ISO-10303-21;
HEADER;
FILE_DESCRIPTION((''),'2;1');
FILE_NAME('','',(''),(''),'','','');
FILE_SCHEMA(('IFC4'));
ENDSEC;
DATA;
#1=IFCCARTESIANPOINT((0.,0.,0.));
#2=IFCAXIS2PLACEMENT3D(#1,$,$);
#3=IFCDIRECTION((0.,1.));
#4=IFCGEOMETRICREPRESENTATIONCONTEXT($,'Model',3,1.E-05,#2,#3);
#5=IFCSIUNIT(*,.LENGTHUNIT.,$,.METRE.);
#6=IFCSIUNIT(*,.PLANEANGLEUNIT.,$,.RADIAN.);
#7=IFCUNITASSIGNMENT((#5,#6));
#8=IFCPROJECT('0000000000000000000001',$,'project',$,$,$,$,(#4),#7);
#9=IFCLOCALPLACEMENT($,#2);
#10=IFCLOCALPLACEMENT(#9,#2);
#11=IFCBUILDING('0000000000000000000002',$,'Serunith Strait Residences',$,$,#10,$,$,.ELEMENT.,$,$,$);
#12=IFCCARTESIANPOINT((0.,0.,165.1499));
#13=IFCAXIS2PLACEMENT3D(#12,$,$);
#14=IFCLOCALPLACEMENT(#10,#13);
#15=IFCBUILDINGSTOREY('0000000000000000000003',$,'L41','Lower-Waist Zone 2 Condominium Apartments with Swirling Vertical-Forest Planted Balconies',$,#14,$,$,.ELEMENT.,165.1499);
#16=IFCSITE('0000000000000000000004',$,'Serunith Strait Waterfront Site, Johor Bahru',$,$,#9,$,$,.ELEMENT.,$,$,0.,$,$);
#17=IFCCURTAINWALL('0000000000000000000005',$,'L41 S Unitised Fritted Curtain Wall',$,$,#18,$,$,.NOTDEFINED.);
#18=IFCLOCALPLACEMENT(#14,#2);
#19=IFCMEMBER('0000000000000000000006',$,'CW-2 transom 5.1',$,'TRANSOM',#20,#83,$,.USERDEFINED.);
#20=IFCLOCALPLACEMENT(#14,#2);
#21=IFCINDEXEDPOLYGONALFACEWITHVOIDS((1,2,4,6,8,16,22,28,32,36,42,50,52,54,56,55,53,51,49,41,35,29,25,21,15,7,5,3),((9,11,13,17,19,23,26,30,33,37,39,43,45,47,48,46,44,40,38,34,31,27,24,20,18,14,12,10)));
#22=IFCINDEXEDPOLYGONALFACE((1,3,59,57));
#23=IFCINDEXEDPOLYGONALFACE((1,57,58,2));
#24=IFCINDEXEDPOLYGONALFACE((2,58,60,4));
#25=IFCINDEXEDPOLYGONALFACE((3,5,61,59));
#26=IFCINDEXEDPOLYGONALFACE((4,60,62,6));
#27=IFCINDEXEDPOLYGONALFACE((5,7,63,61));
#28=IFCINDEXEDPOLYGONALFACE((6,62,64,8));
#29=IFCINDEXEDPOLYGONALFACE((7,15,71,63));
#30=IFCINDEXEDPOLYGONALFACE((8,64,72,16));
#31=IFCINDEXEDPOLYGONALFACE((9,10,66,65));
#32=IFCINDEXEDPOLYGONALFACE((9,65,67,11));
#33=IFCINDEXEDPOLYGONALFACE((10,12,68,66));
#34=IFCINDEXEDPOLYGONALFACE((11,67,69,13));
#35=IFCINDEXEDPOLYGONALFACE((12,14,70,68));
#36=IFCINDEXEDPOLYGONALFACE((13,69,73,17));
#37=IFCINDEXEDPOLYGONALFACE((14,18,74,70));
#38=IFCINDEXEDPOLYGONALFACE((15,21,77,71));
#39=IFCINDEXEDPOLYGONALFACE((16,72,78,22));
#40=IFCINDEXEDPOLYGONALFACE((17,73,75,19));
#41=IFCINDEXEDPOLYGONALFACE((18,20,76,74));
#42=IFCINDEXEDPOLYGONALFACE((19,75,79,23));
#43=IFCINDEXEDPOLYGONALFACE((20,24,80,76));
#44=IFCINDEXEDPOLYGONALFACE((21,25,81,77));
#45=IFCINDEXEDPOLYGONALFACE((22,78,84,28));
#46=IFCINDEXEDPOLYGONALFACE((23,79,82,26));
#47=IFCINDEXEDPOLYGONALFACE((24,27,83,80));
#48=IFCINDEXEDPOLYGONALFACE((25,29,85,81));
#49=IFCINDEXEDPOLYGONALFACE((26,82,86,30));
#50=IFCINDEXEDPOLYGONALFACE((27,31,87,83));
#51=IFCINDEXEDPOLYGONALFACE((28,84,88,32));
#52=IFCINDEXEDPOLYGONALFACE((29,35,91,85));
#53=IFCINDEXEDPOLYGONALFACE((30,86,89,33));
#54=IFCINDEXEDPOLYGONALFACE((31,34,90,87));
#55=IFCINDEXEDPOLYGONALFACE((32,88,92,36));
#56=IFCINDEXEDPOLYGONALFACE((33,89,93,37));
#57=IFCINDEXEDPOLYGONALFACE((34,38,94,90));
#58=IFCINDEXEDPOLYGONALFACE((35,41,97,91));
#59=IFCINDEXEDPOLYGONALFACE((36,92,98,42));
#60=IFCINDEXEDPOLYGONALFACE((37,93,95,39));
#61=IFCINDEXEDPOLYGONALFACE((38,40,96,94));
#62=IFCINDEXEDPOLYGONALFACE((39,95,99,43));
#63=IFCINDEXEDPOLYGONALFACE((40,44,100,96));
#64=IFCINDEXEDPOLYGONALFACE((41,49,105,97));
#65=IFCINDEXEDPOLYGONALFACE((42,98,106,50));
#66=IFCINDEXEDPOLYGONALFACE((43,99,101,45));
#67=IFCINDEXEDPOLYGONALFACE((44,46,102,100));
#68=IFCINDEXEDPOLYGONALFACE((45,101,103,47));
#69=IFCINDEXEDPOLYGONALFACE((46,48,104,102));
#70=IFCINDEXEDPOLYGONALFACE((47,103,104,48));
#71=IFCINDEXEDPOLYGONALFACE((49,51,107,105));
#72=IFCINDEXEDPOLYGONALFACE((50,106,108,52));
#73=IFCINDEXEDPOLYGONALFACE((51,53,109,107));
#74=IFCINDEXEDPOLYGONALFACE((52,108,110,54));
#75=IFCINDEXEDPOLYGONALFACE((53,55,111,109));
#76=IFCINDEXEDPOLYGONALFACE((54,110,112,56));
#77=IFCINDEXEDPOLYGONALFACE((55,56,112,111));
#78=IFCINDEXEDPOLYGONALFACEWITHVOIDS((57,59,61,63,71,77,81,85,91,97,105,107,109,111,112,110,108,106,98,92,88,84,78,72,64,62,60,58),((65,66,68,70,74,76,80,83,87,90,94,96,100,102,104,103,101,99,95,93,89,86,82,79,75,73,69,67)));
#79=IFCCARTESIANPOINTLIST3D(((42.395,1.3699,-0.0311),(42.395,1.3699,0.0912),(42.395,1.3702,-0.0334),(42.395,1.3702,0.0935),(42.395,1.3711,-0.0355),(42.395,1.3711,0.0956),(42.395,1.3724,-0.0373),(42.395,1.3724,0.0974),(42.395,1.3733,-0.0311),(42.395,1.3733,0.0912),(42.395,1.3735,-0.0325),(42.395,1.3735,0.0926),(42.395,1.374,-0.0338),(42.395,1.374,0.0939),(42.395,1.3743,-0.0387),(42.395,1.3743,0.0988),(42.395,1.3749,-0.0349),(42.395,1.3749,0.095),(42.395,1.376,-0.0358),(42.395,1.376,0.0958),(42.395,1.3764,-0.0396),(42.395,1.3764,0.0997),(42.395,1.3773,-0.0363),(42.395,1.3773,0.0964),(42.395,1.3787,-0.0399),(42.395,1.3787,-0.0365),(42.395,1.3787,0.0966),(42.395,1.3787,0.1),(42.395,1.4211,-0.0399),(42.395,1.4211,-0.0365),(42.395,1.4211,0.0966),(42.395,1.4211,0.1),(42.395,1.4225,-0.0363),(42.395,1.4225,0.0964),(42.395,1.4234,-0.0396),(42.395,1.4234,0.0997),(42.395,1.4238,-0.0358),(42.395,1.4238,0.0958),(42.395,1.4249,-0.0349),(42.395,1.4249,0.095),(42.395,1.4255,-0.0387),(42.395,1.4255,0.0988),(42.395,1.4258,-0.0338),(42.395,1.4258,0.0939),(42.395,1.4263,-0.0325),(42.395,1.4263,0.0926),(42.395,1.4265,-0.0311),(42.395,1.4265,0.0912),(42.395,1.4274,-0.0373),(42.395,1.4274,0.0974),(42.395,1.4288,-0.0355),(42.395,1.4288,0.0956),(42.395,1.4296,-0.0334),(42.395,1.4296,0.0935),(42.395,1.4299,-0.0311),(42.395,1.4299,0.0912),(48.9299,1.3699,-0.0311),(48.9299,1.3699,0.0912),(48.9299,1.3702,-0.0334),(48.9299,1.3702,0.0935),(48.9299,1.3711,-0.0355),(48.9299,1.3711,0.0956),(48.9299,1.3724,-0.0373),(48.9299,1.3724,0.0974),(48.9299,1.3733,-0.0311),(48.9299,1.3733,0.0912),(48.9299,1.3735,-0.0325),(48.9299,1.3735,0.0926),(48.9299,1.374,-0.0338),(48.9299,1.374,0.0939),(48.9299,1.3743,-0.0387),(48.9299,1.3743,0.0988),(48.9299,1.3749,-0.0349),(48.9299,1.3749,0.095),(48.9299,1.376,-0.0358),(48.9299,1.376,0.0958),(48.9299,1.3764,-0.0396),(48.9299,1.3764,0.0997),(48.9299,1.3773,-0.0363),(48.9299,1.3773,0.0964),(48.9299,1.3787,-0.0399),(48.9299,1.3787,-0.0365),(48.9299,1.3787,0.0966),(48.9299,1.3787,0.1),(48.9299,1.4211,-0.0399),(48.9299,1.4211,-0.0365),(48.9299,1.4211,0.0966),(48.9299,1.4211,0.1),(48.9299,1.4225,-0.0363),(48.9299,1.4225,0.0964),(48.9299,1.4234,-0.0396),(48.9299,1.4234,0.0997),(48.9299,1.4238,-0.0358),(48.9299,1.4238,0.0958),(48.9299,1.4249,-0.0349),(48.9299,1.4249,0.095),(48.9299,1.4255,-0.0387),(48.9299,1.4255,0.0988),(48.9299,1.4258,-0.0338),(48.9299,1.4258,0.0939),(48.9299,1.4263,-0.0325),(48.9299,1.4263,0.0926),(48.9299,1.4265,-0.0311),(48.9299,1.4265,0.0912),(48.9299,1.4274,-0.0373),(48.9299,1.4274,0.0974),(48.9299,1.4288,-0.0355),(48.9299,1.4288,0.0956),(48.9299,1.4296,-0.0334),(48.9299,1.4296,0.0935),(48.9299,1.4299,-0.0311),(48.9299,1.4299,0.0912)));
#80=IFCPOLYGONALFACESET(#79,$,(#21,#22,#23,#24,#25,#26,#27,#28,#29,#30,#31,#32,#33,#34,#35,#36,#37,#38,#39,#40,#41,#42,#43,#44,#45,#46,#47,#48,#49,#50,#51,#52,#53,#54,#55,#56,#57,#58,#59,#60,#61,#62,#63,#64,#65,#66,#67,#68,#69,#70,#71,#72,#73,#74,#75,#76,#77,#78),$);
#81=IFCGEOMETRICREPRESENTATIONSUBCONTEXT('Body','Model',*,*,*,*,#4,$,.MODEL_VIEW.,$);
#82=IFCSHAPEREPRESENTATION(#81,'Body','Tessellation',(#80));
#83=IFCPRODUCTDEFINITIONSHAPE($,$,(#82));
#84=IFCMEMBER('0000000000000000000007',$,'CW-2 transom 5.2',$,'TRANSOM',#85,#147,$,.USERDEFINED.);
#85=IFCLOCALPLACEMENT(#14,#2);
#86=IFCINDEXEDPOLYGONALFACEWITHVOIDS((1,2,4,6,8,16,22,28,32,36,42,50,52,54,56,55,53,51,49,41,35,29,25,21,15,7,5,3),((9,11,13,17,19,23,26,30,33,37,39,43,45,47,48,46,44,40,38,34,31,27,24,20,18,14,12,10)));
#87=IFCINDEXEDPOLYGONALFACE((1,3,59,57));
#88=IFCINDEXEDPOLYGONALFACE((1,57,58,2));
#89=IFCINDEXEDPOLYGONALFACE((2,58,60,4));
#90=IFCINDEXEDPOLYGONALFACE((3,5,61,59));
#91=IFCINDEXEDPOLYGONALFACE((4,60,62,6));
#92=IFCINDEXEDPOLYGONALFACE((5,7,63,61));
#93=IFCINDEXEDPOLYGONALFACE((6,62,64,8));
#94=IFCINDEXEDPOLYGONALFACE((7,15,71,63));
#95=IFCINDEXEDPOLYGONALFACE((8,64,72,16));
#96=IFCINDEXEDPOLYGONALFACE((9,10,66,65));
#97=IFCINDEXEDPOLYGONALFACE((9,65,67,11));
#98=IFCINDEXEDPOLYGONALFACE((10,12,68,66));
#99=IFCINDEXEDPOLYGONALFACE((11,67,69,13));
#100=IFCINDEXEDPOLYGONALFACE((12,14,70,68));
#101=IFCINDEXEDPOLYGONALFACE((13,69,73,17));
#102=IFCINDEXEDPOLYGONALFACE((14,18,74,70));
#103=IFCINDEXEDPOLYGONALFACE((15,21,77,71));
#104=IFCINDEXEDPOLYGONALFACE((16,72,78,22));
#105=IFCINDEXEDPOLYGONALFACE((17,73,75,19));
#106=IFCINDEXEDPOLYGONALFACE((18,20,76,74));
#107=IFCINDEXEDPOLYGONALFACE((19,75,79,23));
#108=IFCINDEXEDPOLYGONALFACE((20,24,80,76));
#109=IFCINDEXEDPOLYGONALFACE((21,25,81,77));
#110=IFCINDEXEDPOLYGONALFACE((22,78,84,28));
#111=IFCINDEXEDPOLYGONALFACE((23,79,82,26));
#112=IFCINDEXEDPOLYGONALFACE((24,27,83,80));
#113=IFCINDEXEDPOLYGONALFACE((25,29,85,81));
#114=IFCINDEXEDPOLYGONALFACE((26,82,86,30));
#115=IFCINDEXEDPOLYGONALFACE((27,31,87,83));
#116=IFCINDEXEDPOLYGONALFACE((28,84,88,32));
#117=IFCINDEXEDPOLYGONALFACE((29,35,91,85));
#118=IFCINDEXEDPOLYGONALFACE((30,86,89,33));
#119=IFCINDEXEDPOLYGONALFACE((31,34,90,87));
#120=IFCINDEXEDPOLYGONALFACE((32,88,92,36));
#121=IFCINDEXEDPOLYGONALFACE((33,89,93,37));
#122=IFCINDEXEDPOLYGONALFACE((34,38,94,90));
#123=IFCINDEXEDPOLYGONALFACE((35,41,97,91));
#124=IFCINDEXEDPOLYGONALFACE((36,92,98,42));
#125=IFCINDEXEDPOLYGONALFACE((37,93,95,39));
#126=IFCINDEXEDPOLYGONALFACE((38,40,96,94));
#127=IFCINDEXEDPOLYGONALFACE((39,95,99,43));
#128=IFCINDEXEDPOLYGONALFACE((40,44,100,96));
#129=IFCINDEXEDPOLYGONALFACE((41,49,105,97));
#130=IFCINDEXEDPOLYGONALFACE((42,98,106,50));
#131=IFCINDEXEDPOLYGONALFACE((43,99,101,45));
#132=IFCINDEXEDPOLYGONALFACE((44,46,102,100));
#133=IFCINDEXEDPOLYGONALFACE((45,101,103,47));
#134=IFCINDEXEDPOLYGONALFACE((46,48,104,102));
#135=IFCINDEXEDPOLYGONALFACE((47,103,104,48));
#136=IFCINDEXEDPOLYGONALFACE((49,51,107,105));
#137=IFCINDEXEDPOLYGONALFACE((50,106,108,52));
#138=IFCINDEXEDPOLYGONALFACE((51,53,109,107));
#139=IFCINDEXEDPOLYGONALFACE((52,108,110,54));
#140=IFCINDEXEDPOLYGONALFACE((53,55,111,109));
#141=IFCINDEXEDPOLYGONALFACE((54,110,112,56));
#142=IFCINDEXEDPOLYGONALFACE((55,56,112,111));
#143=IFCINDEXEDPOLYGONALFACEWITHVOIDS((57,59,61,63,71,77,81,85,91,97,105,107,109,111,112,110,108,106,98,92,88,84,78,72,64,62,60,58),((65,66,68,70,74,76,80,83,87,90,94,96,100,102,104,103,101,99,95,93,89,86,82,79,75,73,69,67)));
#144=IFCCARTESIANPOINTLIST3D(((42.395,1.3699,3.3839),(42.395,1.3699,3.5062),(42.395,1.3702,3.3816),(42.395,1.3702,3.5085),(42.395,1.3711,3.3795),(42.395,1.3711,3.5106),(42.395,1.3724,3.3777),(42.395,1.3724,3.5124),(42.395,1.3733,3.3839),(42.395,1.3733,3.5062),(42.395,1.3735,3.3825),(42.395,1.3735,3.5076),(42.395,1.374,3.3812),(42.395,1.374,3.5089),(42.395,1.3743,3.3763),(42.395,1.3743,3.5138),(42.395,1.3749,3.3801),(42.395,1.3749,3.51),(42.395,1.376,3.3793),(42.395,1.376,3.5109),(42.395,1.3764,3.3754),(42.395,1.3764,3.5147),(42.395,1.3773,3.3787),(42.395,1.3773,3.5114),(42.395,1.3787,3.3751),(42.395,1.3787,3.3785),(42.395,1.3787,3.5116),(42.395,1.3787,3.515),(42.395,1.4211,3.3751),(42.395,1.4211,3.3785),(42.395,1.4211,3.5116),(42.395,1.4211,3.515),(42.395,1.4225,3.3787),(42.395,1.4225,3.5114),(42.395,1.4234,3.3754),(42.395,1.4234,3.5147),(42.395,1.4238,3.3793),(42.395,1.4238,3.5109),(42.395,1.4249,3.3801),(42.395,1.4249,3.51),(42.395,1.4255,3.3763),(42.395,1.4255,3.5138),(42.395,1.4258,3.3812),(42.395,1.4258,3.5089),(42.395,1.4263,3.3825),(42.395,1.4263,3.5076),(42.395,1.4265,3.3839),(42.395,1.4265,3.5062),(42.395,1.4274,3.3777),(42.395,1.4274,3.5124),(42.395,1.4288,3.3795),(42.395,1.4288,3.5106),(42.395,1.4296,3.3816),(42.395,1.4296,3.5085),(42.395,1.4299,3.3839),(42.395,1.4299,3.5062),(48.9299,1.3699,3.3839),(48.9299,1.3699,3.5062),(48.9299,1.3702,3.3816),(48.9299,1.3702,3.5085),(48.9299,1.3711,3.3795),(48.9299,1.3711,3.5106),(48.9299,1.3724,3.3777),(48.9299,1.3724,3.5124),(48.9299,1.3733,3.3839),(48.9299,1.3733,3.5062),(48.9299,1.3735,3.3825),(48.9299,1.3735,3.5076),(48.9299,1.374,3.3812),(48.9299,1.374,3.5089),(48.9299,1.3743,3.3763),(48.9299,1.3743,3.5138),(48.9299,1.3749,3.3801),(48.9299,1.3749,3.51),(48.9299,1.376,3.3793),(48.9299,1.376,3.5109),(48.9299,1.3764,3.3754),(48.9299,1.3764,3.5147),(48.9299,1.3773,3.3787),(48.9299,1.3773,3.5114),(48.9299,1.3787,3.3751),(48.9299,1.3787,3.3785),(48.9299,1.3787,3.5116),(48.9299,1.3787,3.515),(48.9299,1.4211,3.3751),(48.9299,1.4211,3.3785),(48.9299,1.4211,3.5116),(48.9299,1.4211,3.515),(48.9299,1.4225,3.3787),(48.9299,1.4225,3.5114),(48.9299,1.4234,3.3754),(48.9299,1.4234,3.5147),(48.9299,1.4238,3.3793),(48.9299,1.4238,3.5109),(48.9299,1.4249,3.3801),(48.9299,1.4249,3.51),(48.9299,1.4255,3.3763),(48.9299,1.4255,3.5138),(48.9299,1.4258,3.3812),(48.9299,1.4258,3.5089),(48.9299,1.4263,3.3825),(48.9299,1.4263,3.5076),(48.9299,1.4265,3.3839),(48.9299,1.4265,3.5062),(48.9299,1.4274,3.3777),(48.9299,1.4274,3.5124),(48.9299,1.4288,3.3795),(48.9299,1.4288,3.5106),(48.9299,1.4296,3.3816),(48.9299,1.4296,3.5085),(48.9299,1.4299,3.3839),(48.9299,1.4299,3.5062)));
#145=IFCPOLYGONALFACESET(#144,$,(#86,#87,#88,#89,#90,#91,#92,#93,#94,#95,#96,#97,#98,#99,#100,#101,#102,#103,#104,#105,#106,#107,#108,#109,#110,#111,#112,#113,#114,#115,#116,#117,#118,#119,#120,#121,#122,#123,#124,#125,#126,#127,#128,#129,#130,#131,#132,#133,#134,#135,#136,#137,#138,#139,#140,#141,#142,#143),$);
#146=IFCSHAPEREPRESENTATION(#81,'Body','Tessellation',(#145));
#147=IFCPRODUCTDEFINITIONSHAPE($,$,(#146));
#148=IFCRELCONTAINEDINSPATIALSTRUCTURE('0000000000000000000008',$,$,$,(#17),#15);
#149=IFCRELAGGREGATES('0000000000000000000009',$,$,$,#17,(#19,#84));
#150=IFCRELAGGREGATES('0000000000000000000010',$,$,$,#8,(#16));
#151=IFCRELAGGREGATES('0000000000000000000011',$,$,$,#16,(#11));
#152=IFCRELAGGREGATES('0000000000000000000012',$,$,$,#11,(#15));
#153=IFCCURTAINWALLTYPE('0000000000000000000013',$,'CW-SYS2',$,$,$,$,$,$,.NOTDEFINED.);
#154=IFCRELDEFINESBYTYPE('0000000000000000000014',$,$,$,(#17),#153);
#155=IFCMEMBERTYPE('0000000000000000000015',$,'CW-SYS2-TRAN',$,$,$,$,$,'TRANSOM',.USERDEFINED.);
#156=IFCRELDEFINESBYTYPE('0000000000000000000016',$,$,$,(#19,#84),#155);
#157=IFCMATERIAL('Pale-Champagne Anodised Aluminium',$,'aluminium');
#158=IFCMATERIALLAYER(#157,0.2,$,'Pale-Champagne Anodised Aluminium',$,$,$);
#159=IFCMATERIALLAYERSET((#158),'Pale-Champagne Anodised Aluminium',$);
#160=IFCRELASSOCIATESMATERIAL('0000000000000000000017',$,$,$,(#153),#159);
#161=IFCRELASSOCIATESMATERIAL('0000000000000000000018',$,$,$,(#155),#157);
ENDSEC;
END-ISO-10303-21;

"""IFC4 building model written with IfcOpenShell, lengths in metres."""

from ifc_helpers import new_model, si_unit, direction, frame, origin, origin_2d, place, context, subcontext, project, spatial, hollow_rectangle, extrude, source, transform, mapped, material, layer, layer_set, material_profile, profile_set, type_object, element, aggregate, save


model = new_model("IFC4")

# Units and contexts
model_context = context("Model", 3, precision=1e-05, world=origin(), true_north=direction((0.0, 1.0)))
body_context = subcontext(model_context, "Body", "Model", "MODEL_VIEW")
ifc_project = project(units=[si_unit("LENGTHUNIT", "METRE"), si_unit("PLANEANGLEUNIT", "RADIAN")], contexts=[model_context])

# Site, building, storey
site_placement = place(None, origin())
site = spatial("IfcSite", under=ifc_project, at=site_placement, Name="Serunith Strait Waterfront Site, Johor Bahru", CompositionType="ELEMENT", RefElevation=0.0)
building_placement = place(site_placement, origin())
building = spatial("IfcBuilding", under=site, at=building_placement, Name="Serunith Strait Residences", CompositionType="ELEMENT")
storey_placement = place(building_placement, frame((0.0, 0.0, 165.1499)))
storey = spatial("IfcBuildingStorey", under=building, at=storey_placement, Name="L41", Description="Lower-Waist Zone 2 Condominium Apartments with Swirling Vertical-Forest Planted Balconies", CompositionType="ELEMENT", Elevation=165.1499)

# Curtain wall, members
ifc_material_1 = material(Name="Pale-Champagne Anodised Aluminium", Category="aluminium")
ifc_layer_1 = layer(ifc_material_1, 0.2, Name="Pale-Champagne Anodised Aluminium")
ifc_layer_set_1 = layer_set([ifc_layer_1], Name="Pale-Champagne Anodised Aluminium")
curtain_wall_type = type_object("IfcCurtainWallType", Name="CW-SYS2", PredefinedType="NOTDEFINED", material=ifc_layer_set_1)
curtain_wall_placement = place(storey_placement, origin())
curtain_wall = element("IfcCurtainWall", 1, at=curtain_wall_placement, inside=storey, type_object=curtain_wall_type, Name="L41 S Unitised Fritted Curtain Wall", PredefinedType="NOTDEFINED")
ifc_material_profile_1 = material_profile(ifc_material_1, hollow_rectangle(XDim=0.0601, YDim=0.1399, WallThickness=0.0034, InnerFilletRadius=0.0054, OuterFilletRadius=0.0088, at=origin_2d()), Name="ALU 140x60x3.5")
ifc_profile_set_1 = profile_set([ifc_material_profile_1], Name="Pale-Champagne Anodised Aluminium")
member_type_1 = type_object("IfcMemberType", Name="CW-SYS2-TRAN", ElementType="TRANSOM", PredefinedType="USERDEFINED", material=ifc_profile_set_1)
shared_shape_1 = source(origin(), body_context, "Body", "SweptSolid", [
    extrude(hollow_rectangle(XDim=0.0601, YDim=0.1399, WallThickness=0.0034, InnerFilletRadius=0.0054, OuterFilletRadius=0.0088, at=origin_2d()), origin(), (0.0, 0.0, 1.0), 6.5349),
])
member_1_placement = place(storey_placement, frame((42.395, 1.3999, 0.03), z_axis=(1.0, 0.0, 0.0), x_axis=(0.0, 1.0, 0.0)))
member_1 = element("IfcMember", 2, at=member_1_placement, type_object=member_type_1, Name="CW-2 transom 5.1", ObjectType="TRANSOM", PredefinedType="USERDEFINED", context=body_context, shape_type="MappedRepresentation", body=[
    mapped(shared_shape_1, transform((0.0, 0.0, 0.0), scale=1.0)),
])
member_2_placement = place(storey_placement, frame((42.395, 1.3999, 3.4451), z_axis=(1.0, 0.0, 0.0), x_axis=(0.0, 1.0, 0.0)))
member_2 = element("IfcMember", 3, at=member_2_placement, type_object=member_type_1, Name="CW-2 transom 5.2", ObjectType="TRANSOM", PredefinedType="USERDEFINED", context=body_context, shape_type="MappedRepresentation", body=[
    mapped(shared_shape_1, transform((0.0, 0.0, 0.0), scale=1.0)),
])
aggregate(curtain_wall, [member_1, member_2])

save(model, "model.ifc")
